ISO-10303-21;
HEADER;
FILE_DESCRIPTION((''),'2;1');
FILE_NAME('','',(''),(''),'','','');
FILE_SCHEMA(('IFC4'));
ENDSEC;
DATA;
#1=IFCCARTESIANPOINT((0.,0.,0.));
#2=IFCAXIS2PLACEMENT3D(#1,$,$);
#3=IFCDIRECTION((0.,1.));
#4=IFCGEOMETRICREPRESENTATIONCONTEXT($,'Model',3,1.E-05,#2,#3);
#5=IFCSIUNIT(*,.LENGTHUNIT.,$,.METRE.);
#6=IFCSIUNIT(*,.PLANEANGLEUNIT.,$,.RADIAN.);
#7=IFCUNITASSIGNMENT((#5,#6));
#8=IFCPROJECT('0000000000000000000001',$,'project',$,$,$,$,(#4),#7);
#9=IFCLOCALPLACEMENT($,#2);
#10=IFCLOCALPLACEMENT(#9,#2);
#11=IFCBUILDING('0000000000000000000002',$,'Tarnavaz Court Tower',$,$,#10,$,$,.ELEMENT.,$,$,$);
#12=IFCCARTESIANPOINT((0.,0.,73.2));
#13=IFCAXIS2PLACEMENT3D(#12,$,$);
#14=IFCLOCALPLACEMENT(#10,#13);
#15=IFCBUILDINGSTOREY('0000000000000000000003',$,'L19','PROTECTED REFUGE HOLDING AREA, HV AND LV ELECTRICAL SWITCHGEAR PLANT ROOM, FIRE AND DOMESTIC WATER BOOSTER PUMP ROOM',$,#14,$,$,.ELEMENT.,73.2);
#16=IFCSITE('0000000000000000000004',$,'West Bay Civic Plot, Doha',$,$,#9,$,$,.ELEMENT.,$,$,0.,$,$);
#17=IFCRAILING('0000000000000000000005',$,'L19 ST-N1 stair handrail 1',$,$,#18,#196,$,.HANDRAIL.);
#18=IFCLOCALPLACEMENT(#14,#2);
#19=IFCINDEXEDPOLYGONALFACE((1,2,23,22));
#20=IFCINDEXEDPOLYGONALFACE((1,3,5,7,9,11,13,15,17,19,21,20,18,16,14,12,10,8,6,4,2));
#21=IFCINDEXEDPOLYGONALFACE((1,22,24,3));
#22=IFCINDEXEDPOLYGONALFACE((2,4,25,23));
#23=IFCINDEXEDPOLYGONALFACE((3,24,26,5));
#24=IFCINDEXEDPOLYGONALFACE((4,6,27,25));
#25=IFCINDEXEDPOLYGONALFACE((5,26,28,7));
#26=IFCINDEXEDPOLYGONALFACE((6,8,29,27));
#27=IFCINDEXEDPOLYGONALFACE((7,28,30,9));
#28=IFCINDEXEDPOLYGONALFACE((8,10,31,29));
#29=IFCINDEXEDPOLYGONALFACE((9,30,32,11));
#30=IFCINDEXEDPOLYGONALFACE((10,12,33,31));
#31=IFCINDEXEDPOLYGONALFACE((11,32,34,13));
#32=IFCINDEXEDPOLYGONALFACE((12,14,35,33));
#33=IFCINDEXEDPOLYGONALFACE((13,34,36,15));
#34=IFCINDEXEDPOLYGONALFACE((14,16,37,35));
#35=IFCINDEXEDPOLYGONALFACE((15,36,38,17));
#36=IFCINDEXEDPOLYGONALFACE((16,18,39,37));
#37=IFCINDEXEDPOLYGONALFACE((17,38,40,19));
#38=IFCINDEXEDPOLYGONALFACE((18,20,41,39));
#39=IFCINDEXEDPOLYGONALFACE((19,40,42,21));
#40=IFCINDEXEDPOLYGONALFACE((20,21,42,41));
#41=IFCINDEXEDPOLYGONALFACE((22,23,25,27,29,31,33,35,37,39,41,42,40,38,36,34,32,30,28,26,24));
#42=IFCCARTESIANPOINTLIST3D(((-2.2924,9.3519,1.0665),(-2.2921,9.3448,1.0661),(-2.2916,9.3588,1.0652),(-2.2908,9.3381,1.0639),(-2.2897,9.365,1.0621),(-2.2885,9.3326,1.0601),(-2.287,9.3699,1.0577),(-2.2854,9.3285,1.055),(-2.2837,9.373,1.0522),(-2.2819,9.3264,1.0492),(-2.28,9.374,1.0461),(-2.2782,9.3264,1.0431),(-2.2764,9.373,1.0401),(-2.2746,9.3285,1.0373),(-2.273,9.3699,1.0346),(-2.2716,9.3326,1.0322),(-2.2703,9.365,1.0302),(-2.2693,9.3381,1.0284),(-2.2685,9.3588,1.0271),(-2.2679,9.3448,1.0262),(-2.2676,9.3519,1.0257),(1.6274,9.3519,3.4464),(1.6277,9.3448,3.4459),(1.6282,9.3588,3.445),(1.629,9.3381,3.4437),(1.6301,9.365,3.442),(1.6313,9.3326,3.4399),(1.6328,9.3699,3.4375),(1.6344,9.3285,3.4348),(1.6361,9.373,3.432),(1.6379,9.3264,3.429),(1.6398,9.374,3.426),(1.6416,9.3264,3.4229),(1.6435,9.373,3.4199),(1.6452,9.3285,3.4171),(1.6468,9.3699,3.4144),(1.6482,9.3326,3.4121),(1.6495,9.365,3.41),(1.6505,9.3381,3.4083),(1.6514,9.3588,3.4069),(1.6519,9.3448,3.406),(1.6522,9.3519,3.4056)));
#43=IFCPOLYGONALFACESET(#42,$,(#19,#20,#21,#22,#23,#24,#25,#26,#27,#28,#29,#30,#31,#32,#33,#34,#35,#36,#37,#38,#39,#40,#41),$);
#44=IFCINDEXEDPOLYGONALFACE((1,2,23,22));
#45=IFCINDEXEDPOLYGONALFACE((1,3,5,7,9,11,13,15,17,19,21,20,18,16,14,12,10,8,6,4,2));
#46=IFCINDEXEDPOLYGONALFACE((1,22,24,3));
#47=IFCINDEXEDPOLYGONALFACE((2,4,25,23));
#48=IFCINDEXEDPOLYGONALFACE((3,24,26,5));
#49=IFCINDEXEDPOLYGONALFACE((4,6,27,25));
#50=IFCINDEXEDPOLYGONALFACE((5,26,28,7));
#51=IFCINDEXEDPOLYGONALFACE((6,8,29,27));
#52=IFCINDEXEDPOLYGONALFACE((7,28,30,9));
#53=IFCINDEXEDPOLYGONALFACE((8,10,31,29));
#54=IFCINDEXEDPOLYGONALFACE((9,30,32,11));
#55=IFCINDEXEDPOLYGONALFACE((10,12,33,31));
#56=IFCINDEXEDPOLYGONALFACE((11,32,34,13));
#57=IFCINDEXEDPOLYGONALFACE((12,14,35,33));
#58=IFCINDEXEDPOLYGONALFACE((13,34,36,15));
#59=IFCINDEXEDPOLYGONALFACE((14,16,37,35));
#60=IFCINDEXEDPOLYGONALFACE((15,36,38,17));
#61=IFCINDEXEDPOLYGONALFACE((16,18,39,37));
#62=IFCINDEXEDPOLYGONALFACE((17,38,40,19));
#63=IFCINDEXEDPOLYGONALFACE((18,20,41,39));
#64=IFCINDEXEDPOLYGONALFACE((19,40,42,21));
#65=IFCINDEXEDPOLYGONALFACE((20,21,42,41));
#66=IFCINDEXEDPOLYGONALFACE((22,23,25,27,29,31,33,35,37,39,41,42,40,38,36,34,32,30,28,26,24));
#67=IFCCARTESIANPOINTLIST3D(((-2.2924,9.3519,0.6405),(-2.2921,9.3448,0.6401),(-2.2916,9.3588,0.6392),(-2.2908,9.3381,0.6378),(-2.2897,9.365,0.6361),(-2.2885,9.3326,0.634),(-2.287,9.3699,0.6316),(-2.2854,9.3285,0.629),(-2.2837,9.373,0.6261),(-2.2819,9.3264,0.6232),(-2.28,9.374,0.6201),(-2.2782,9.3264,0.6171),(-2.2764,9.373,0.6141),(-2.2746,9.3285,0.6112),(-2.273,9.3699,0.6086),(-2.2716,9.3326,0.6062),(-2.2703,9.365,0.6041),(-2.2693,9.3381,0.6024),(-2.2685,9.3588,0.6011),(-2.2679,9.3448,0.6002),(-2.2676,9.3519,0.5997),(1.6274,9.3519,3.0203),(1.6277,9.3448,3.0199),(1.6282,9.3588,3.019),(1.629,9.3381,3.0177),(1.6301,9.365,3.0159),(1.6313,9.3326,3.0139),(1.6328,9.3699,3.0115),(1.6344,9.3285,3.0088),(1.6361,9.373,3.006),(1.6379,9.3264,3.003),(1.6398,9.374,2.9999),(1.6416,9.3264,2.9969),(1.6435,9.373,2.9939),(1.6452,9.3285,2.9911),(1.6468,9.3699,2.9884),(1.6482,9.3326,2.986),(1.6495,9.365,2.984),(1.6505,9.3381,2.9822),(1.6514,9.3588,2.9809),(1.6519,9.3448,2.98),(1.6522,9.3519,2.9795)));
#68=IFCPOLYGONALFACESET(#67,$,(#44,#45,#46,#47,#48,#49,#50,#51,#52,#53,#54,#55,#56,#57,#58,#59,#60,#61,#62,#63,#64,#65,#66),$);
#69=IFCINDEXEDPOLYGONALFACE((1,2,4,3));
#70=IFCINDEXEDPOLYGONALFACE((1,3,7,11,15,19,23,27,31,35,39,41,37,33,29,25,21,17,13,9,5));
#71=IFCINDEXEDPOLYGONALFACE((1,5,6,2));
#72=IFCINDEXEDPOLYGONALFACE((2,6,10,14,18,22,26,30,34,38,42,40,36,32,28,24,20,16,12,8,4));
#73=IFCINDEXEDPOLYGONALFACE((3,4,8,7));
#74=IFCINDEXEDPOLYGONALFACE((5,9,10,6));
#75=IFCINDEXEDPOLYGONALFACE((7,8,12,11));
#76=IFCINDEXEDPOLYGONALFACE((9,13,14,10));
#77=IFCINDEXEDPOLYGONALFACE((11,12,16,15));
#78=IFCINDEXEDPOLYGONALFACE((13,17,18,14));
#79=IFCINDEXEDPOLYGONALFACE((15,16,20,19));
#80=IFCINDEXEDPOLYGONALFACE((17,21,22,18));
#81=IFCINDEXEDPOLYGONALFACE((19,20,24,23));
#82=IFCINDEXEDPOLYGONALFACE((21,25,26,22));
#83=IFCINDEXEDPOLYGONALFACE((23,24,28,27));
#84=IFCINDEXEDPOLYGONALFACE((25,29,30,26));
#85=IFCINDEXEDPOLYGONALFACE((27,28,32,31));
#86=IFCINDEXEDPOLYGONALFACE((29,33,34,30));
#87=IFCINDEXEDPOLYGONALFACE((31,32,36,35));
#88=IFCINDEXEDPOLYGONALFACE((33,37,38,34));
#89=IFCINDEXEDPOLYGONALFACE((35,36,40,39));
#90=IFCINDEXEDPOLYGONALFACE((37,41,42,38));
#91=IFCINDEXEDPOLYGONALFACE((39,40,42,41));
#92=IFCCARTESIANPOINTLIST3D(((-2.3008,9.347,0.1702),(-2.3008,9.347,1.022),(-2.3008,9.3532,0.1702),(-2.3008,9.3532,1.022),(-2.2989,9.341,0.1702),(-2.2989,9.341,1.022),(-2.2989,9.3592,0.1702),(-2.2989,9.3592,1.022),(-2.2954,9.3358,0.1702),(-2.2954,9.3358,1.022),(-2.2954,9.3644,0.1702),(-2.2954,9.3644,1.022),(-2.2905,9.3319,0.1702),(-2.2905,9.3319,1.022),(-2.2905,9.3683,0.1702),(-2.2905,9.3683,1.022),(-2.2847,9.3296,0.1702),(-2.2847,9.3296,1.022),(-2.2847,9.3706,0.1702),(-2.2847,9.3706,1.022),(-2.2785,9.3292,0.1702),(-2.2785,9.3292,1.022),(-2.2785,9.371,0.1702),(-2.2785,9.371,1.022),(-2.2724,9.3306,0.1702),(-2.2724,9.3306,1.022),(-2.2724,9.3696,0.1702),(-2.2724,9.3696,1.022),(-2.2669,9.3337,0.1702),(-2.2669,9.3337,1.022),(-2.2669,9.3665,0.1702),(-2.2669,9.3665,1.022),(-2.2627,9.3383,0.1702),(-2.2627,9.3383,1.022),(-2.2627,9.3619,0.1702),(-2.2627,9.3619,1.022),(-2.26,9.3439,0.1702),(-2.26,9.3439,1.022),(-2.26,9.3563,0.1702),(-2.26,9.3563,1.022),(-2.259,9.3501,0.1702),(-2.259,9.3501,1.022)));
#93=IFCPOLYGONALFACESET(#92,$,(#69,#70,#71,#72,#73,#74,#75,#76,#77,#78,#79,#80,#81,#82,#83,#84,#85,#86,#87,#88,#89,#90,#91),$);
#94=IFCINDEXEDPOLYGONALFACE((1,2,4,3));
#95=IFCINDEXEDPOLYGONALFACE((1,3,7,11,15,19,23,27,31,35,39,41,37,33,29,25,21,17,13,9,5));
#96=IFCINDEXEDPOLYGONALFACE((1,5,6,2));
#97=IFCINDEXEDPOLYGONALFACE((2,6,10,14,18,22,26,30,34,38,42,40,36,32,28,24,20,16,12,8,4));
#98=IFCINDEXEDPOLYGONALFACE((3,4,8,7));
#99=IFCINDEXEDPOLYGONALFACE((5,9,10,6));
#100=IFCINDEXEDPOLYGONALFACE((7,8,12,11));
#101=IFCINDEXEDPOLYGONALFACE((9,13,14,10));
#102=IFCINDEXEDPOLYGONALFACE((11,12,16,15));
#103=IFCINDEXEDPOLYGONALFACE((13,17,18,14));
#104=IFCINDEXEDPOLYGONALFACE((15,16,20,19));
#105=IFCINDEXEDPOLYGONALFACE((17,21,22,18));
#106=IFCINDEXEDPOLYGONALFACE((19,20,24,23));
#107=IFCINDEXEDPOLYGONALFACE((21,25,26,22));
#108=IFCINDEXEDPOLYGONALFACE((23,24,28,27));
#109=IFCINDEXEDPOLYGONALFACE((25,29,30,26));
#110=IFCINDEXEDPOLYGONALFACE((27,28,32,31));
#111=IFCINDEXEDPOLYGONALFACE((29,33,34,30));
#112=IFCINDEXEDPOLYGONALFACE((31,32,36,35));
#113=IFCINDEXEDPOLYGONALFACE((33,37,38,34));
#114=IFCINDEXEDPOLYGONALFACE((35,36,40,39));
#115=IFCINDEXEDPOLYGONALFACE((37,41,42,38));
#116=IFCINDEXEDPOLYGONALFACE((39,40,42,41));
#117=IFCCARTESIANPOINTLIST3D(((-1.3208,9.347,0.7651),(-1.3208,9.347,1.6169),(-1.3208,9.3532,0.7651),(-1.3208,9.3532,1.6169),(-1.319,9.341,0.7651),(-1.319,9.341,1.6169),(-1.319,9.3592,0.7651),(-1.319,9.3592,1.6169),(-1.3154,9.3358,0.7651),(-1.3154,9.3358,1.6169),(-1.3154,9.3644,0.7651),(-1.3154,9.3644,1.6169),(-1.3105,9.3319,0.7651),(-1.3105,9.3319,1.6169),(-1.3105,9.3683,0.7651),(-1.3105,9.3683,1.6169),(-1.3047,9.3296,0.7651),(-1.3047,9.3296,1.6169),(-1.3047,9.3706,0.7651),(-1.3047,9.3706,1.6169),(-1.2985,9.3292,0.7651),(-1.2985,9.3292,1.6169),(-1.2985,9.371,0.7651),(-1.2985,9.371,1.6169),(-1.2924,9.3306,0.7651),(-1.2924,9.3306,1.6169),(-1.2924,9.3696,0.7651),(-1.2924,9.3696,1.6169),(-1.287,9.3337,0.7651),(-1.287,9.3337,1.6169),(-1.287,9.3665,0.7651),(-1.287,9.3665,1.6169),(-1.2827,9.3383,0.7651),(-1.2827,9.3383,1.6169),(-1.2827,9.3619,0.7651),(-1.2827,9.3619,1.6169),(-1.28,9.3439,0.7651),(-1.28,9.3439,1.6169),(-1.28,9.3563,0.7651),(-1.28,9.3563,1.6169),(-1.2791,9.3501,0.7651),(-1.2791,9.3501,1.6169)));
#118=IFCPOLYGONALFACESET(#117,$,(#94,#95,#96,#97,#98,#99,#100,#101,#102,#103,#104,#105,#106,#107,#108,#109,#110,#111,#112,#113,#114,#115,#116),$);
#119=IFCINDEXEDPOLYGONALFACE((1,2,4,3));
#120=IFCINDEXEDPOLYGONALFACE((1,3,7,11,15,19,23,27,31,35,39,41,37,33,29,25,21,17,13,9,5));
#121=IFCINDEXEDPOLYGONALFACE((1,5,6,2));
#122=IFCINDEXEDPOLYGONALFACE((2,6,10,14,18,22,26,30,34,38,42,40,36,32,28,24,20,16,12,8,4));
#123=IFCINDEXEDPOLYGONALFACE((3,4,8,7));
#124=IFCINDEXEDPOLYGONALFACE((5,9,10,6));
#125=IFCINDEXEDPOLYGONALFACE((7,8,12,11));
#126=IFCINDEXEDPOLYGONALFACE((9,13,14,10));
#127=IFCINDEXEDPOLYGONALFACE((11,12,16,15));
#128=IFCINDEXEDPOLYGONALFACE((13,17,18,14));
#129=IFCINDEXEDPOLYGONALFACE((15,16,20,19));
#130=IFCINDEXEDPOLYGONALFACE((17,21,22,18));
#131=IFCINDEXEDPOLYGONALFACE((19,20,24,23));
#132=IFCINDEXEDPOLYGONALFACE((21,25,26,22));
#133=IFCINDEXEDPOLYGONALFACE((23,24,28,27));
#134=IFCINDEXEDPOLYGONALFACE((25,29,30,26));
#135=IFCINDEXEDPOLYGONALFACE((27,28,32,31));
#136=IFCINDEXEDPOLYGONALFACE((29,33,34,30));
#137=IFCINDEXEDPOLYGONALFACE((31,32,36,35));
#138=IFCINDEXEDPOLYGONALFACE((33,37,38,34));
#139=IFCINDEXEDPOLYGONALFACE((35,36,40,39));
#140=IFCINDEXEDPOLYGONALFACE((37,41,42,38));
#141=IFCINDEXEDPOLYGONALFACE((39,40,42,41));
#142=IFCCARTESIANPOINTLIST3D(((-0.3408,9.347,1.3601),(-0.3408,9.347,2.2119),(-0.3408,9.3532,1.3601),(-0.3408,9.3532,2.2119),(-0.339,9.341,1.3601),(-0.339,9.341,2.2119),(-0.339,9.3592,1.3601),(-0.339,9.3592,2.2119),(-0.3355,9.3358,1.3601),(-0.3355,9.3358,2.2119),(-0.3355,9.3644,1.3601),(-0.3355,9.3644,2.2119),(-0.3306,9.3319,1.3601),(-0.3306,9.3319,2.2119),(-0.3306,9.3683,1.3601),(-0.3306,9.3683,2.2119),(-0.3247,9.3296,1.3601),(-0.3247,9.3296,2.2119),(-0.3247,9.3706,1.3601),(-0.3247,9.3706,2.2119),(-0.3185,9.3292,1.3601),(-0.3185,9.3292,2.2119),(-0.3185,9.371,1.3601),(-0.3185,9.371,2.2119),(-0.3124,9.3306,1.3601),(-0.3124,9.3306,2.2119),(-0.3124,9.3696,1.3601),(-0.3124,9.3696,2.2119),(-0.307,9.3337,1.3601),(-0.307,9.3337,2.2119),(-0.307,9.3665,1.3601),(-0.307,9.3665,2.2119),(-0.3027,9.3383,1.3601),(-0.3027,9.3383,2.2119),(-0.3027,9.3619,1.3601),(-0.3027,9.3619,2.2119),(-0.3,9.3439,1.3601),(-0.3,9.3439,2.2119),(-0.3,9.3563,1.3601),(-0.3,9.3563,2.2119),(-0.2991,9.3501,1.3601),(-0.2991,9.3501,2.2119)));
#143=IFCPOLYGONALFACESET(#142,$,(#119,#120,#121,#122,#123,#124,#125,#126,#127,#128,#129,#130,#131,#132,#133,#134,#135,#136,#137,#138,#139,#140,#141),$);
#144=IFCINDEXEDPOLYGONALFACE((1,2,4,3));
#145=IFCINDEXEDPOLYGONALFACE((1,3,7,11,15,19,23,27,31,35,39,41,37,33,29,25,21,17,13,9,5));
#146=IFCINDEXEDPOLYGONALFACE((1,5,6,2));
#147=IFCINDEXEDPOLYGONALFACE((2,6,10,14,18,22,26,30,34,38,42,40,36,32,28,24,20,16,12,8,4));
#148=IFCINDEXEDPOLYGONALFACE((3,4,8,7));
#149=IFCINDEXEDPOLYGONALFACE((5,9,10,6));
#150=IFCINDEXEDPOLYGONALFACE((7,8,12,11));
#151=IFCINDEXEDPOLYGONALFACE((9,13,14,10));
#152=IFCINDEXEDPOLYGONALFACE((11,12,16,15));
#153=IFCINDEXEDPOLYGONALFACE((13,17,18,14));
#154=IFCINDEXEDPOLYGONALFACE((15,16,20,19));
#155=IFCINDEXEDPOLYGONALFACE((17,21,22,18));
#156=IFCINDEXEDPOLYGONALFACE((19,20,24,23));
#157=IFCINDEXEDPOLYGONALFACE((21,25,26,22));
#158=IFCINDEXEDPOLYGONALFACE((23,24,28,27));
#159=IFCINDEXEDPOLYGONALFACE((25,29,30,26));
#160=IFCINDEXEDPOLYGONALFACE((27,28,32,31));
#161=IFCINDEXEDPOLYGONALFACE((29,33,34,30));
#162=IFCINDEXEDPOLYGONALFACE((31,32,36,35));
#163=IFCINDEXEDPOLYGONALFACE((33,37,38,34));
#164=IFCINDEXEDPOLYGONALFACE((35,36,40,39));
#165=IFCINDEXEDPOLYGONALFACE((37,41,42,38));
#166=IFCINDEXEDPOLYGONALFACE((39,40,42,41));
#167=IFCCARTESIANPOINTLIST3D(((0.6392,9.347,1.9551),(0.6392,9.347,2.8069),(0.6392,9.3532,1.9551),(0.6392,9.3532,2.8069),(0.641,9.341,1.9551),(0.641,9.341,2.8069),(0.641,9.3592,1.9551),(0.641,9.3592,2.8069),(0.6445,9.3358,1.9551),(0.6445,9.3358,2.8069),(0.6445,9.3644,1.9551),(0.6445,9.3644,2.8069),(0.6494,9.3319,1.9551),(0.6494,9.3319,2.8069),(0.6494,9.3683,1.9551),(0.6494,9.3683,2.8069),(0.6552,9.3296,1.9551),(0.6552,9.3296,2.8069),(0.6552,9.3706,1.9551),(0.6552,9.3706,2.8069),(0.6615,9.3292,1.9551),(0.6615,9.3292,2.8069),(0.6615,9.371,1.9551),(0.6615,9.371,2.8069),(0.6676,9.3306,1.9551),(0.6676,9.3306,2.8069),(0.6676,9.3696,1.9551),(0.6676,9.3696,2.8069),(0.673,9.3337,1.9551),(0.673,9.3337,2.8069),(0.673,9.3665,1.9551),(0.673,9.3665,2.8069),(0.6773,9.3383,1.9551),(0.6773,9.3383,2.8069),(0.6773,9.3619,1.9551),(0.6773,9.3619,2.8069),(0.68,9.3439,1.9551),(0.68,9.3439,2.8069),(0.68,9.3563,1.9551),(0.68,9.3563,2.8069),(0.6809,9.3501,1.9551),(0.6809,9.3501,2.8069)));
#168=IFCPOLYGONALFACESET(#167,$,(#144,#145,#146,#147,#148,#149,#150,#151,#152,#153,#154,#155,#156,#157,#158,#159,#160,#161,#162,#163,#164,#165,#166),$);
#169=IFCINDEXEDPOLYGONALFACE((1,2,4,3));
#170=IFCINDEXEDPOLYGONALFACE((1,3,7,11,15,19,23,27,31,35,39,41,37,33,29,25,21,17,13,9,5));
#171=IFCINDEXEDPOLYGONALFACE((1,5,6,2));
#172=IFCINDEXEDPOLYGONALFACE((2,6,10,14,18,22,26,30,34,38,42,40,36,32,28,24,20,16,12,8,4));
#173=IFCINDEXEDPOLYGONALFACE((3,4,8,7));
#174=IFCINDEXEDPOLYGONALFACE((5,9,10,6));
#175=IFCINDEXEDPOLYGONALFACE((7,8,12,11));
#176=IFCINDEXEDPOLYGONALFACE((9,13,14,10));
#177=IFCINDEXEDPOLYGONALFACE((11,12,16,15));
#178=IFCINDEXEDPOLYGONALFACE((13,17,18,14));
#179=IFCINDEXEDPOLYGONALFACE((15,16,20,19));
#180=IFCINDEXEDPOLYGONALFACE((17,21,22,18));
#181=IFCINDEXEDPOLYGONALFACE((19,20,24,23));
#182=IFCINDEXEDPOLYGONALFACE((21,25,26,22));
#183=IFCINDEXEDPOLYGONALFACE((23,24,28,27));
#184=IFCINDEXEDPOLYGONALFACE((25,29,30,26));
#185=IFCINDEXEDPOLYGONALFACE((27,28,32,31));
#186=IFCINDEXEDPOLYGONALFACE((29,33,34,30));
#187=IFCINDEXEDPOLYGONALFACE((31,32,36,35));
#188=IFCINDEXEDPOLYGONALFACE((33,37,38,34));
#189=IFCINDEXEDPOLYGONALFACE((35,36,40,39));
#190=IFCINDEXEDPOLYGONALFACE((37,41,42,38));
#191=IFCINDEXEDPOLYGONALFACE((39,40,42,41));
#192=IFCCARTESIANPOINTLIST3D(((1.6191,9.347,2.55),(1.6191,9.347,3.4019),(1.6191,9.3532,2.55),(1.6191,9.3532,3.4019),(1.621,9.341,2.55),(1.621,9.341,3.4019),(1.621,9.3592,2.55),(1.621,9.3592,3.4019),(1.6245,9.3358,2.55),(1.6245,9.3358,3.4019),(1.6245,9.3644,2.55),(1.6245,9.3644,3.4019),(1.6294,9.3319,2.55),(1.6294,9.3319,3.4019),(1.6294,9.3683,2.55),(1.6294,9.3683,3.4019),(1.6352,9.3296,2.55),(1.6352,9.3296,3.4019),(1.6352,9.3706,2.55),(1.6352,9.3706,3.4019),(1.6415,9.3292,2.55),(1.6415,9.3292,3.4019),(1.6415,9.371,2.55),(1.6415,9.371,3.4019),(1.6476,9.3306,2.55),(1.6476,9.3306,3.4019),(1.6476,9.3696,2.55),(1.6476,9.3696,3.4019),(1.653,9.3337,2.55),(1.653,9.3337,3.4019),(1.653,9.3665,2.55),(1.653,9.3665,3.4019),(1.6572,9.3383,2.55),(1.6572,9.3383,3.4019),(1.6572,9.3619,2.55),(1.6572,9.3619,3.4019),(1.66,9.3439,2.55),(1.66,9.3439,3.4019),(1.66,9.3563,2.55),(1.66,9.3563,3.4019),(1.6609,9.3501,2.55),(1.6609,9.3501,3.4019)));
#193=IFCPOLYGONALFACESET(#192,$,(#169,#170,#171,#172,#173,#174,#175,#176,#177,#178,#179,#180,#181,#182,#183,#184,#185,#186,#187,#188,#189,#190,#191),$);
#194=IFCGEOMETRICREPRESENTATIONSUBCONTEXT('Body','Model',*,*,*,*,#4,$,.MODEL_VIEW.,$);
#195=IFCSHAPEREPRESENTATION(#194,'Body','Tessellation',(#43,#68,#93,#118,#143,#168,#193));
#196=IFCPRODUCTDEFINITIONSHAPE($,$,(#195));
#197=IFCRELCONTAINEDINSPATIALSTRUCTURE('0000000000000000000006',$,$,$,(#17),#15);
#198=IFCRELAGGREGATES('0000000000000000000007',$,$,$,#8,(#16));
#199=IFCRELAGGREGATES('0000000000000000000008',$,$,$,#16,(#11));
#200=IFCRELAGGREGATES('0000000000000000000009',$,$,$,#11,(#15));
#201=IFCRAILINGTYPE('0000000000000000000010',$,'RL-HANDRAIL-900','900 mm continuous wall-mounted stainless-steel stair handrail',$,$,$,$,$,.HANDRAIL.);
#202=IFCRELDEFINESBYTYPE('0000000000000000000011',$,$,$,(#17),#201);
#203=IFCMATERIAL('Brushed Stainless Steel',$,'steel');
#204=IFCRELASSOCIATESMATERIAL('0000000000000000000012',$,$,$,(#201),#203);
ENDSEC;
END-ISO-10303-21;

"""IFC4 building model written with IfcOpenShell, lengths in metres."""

from ifc_helpers import new_model, si_unit, direction, frame, origin, origin_2d, place, context, subcontext, project, spatial, circle, extrude, material, type_object, element, save


model = new_model("IFC4")

# Units and contexts
model_context = context("Model", 3, precision=1e-05, world=origin(), true_north=direction((0.0, 1.0)))
body_context = subcontext(model_context, "Body", "Model", "MODEL_VIEW")
ifc_project = project(units=[si_unit("LENGTHUNIT", "METRE"), si_unit("PLANEANGLEUNIT", "RADIAN")], contexts=[model_context])

# Site, building, storey
site_placement = place(None, origin())
site = spatial("IfcSite", under=ifc_project, at=site_placement, Name="West Bay Civic Plot, Doha", CompositionType="ELEMENT", RefElevation=0.0)
building_placement = place(site_placement, origin())
building = spatial("IfcBuilding", under=site, at=building_placement, Name="Tarnavaz Court Tower", CompositionType="ELEMENT")
storey_placement = place(building_placement, frame((0.0, 0.0, 73.2)))
storey = spatial("IfcBuildingStorey", under=building, at=storey_placement, Name="L19", Description="PROTECTED REFUGE HOLDING AREA, HV AND LV ELECTRICAL SWITCHGEAR PLANT ROOM, FIRE AND DOMESTIC WATER BOOSTER PUMP ROOM", CompositionType="ELEMENT", Elevation=73.2)

# Railing
ifc_material_1 = material(Name="Brushed Stainless Steel", Category="steel")
railing_type_1 = type_object("IfcRailingType", Name="RL-HANDRAIL-900", Description="900 mm continuous wall-mounted stainless-steel stair handrail", PredefinedType="HANDRAIL", material=ifc_material_1)
railing_1_placement = place(storey_placement, frame((-2.28, 9.3501, 0.1702)))
element("IfcRailing", 1, at=railing_1_placement, inside=storey, type_object=railing_type_1, Name="L19 ST-N1 stair handrail 1", PredefinedType="HANDRAIL", context=body_context, shape_type="SweptSolid", body=[
    extrude(circle(Radius=0.0239, at=origin_2d()), frame((0.0, 0.0, 0.876), z_axis=(0.854794, 0.0, 0.518967), x_axis=(0.0, 1.0, 0.0)), (0.0, 0.0, 1.0), 4.5857),
    extrude(circle(Radius=0.0239, at=origin_2d()), frame((0.0, 0.0, 0.45), z_axis=(0.854794, 0.0, 0.518967), x_axis=(0.0, 1.0, 0.0)), (0.0, 0.0, 1.0), 4.5857),
    extrude(circle(Radius=0.021, at=origin_2d()), origin(), (0.0, 0.0, 1.0), 0.8518),
    extrude(circle(Radius=0.021, at=origin_2d()), frame((0.98, 0.0, 0.595)), (0.0, 0.0, 1.0), 0.8518),
    extrude(circle(Radius=0.021, at=origin_2d()), frame((1.96, 0.0, 1.1899)), (0.0, 0.0, 1.0), 0.8518),
    extrude(circle(Radius=0.021, at=origin_2d()), frame((2.9399, 0.0, 1.7849)), (0.0, 0.0, 1.0), 0.8518),
    extrude(circle(Radius=0.021, at=origin_2d()), frame((3.9199, 0.0, 2.3799)), (0.0, 0.0, 1.0), 0.8518),
])

save(model, "model.ifc")
